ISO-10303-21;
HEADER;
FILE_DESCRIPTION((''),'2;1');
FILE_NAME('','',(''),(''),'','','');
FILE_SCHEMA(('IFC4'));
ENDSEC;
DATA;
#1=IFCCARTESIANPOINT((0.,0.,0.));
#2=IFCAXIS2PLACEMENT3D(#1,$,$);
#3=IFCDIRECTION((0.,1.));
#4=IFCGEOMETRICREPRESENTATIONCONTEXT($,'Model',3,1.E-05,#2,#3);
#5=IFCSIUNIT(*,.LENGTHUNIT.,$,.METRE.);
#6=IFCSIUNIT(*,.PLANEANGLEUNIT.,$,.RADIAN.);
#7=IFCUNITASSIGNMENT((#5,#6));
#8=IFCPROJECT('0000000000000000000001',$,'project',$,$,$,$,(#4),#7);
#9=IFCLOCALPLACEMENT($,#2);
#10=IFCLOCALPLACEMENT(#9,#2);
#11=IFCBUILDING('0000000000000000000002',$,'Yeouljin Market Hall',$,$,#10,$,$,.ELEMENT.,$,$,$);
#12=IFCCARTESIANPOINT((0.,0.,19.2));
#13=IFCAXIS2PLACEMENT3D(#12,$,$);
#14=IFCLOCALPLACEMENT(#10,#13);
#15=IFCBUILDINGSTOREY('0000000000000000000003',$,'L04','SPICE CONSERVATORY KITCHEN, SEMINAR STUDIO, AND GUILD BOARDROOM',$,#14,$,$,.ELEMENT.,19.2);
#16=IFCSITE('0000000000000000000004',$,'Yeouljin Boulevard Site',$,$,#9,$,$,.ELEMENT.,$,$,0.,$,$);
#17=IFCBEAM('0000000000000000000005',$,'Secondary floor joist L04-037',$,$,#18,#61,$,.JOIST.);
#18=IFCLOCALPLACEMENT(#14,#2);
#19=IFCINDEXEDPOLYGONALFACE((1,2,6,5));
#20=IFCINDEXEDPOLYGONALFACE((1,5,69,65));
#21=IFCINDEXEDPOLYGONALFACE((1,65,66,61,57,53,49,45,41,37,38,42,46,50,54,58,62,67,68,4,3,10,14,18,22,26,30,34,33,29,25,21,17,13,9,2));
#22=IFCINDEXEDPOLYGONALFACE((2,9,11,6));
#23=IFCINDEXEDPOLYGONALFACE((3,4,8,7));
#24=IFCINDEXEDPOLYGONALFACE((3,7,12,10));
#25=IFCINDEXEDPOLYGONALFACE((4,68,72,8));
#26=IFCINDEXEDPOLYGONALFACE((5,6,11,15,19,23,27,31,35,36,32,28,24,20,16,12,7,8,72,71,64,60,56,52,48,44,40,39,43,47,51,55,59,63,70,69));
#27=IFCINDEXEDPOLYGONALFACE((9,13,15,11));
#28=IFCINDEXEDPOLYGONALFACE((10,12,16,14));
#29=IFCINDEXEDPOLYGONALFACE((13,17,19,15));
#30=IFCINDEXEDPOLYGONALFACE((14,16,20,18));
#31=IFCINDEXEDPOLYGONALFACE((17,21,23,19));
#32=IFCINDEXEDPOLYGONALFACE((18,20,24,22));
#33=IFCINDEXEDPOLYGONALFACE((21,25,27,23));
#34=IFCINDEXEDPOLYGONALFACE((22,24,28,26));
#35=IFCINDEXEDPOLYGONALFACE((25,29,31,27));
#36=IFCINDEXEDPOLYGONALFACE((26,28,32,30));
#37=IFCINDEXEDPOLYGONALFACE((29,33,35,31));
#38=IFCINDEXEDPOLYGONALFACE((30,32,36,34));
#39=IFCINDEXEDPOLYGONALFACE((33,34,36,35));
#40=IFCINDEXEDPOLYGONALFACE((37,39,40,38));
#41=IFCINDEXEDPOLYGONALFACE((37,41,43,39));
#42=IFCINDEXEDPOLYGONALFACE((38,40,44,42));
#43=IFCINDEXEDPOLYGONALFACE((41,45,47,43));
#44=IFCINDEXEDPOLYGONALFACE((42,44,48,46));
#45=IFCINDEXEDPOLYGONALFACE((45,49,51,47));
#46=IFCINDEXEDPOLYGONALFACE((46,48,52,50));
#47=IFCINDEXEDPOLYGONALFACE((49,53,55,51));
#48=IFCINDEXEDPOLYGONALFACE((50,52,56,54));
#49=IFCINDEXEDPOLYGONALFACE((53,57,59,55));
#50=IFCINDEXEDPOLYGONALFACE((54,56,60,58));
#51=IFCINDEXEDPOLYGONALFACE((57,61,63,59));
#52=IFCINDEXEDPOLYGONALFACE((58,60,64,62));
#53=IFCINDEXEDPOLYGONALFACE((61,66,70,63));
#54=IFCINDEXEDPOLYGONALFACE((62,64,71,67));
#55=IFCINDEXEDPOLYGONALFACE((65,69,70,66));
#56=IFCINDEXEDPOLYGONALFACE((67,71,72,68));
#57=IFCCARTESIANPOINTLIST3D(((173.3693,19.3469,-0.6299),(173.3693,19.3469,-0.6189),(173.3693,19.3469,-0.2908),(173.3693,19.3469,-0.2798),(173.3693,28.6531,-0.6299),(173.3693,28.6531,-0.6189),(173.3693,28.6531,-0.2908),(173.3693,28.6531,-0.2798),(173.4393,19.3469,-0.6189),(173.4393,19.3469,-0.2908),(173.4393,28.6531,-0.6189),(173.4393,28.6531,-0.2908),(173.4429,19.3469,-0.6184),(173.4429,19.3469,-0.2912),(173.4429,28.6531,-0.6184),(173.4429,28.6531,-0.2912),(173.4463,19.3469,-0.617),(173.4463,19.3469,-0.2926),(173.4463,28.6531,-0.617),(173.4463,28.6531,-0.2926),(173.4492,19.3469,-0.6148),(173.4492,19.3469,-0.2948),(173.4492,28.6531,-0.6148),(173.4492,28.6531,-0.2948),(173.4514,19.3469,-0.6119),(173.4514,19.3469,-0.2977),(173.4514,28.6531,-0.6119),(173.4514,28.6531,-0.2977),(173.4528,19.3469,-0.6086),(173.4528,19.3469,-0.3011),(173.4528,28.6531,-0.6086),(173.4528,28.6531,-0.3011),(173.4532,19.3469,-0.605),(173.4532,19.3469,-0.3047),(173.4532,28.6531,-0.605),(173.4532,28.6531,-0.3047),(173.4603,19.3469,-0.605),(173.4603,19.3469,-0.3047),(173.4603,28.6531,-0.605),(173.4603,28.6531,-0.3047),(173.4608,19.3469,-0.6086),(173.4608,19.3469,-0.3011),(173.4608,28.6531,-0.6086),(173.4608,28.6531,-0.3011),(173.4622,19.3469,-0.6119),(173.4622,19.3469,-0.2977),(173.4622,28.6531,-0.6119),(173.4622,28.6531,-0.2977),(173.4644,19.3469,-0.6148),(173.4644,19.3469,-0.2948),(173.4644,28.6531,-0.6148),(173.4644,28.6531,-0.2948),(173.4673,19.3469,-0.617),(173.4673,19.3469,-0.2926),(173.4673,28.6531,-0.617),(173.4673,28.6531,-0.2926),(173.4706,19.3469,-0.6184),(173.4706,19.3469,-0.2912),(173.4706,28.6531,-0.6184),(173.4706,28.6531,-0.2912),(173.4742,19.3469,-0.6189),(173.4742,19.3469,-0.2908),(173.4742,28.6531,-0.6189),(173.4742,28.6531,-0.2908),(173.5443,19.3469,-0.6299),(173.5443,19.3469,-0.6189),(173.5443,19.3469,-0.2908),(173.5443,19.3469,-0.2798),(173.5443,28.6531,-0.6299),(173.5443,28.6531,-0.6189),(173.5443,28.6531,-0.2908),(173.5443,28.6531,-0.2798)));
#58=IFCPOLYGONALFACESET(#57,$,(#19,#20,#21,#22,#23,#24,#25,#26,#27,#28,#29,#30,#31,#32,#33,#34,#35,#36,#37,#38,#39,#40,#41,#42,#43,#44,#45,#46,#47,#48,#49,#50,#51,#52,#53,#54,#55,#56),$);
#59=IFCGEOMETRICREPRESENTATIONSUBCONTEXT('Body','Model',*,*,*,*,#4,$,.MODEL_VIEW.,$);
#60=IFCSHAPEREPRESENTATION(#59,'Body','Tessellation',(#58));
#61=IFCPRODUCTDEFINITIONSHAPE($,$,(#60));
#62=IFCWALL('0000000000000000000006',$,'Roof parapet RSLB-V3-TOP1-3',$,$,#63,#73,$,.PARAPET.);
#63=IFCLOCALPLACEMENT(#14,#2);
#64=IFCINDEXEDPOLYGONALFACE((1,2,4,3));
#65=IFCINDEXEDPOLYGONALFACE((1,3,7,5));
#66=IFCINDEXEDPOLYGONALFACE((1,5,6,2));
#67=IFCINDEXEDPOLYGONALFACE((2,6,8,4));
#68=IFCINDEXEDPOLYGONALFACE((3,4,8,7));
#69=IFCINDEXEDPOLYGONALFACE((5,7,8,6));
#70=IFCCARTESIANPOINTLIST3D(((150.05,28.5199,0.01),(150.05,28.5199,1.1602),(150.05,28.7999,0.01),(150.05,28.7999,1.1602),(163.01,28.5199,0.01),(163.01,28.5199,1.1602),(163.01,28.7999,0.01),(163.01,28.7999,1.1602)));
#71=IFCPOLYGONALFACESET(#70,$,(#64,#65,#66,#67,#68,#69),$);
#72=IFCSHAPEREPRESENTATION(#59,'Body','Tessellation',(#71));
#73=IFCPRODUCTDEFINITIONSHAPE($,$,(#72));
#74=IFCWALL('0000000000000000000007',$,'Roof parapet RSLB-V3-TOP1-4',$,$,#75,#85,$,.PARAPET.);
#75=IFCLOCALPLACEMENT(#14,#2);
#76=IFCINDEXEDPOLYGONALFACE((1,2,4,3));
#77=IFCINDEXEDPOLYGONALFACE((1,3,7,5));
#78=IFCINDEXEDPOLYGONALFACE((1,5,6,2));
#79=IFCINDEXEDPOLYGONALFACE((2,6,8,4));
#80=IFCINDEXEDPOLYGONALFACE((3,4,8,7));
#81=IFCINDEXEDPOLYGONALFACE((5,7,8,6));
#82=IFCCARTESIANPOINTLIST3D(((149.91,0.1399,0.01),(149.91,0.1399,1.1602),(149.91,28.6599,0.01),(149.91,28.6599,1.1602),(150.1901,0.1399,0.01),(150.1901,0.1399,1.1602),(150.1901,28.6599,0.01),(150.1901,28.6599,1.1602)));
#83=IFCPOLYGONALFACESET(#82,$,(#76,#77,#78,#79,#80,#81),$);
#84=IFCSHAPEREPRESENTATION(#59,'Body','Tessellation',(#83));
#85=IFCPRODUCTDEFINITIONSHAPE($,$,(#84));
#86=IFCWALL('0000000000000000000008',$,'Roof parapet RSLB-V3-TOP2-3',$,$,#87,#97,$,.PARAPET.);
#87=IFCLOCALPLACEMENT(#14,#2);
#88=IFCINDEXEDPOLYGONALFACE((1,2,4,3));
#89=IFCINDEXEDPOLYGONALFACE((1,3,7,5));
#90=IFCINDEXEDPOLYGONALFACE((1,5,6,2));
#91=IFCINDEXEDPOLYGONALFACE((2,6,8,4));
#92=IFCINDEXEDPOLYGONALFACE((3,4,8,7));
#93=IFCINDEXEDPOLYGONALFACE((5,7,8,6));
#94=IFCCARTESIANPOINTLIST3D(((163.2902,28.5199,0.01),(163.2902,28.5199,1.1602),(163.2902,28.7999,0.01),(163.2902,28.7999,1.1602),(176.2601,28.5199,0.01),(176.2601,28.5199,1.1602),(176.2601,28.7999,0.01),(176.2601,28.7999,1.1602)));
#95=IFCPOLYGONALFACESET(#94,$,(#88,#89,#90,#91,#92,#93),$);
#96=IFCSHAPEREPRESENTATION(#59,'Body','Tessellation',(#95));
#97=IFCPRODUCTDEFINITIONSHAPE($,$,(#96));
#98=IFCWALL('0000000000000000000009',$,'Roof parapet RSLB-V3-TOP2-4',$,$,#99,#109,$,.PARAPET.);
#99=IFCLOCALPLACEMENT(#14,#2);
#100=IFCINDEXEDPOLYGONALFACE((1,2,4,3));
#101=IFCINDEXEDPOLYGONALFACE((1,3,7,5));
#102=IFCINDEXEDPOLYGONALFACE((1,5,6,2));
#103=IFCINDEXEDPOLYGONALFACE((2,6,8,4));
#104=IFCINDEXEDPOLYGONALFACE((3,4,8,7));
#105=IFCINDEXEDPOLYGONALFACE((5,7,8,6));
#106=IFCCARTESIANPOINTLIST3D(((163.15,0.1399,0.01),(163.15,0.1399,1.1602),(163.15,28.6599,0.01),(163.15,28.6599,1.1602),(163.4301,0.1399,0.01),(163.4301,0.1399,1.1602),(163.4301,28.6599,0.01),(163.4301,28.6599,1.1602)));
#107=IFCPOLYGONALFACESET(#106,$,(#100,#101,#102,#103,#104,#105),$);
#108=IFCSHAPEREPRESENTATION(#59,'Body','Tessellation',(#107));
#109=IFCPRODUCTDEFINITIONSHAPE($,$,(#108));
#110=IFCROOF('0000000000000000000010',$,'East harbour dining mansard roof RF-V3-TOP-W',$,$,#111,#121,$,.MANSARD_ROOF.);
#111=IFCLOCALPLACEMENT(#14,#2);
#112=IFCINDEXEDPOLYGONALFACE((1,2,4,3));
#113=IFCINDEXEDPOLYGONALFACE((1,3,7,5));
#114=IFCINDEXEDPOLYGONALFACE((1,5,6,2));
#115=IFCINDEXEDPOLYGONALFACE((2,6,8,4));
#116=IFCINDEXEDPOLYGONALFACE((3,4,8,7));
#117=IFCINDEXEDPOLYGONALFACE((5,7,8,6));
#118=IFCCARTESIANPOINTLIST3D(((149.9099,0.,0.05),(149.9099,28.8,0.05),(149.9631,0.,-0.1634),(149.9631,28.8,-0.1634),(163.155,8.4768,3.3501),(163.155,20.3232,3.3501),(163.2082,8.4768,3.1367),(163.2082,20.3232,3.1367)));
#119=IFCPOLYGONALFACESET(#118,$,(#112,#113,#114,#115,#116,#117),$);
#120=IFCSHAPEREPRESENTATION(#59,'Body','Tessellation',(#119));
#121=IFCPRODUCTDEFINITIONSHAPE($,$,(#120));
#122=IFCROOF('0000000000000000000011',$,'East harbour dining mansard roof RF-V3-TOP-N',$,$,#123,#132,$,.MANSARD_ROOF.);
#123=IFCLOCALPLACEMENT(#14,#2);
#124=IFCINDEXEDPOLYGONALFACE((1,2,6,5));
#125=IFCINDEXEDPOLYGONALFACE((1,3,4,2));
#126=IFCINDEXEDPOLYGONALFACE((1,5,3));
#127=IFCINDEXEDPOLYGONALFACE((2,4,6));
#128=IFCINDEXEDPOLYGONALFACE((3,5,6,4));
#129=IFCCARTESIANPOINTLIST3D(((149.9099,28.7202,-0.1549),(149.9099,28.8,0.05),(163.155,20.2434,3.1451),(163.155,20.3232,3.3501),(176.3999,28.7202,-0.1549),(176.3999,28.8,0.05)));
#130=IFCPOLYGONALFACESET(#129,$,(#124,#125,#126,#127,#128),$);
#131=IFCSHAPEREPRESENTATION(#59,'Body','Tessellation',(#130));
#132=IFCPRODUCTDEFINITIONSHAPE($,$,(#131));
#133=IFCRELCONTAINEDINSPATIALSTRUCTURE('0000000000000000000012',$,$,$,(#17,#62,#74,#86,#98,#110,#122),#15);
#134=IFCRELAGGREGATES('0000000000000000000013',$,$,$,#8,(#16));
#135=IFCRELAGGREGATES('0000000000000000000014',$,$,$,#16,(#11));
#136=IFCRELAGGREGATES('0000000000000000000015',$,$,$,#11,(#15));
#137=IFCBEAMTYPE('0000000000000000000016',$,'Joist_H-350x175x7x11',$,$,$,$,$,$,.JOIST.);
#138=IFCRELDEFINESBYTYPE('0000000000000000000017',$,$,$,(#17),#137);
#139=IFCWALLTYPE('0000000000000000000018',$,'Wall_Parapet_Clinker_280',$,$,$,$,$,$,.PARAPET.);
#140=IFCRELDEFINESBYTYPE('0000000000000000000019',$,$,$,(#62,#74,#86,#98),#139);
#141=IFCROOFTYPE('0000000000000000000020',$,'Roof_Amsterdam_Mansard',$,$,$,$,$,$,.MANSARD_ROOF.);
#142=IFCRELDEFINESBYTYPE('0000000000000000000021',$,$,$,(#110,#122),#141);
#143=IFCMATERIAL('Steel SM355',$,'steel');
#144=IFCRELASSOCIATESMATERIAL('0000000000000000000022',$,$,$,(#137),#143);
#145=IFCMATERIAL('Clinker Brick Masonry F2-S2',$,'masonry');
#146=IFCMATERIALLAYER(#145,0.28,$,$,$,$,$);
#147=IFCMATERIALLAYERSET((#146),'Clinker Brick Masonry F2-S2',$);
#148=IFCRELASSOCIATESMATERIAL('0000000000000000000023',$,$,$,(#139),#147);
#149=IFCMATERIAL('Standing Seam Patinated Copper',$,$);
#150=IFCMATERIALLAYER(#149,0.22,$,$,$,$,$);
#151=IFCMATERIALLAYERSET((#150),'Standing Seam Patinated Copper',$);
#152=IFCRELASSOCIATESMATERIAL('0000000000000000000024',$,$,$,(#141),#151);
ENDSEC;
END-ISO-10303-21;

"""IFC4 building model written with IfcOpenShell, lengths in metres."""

from ifc_helpers import new_model, si_unit, direction, frame, frame_2d, origin, origin_2d, place, context, subcontext, project, spatial, polyline, rectangle, i_section, outline, extrude, material, layer, layer_set, material_profile, profile_set, type_object, element, save


model = new_model("IFC4")

# Units and contexts
model_context = context("Model", 3, precision=1e-05, world=origin(), true_north=direction((0.0, 1.0)))
body_context = subcontext(model_context, "Body", "Model", "MODEL_VIEW")
ifc_project = project(units=[si_unit("LENGTHUNIT", "METRE"), si_unit("PLANEANGLEUNIT", "RADIAN")], contexts=[model_context])

# Site, building, storey
site_placement = place(None, origin())
site = spatial("IfcSite", under=ifc_project, at=site_placement, Name="Yeouljin Boulevard Site", CompositionType="ELEMENT", RefElevation=0.0)
building_placement = place(site_placement, origin())
building = spatial("IfcBuilding", under=site, at=building_placement, Name="Yeouljin Market Hall", CompositionType="ELEMENT")
storey_placement = place(building_placement, frame((0.0, 0.0, 19.2)))
storey = spatial("IfcBuildingStorey", under=building, at=storey_placement, Name="L04", Description="SPICE CONSERVATORY KITCHEN, SEMINAR STUDIO, AND GUILD BOARDROOM", CompositionType="ELEMENT", Elevation=19.2)

# Beam
ifc_material_1 = material(Name="Steel SM355", Category="steel")
ifc_material_profile_1 = material_profile(ifc_material_1, i_section(OverallWidth=0.175, OverallDepth=0.3501, WebThickness=0.0071, FlangeThickness=0.011, FilletRadius=0.0139, at=origin_2d()), Name="H-350x175x7x11")
ifc_profile_set_1 = profile_set([ifc_material_profile_1], Name="Steel SM355")
beam_type_1 = type_object("IfcBeamType", Name="Joist_H-350x175x7x11", PredefinedType="JOIST", material=ifc_profile_set_1)
for number, where, z_axis, x_axis, name in (
    (1, (173.4568, 19.3469, -0.4548), (0.0, 1.0, 0.0), (-1.0, 0.0, 0.0), "Secondary floor joist L04-037"),
):
    element("IfcBeam", number, at=place(storey_placement, frame(where, z_axis=z_axis, x_axis=x_axis)), inside=storey, type_object=beam_type_1, Name=name, PredefinedType="JOIST", context=body_context, shape_type="SweptSolid", body=[
        extrude(i_section(OverallWidth=0.175, OverallDepth=0.3501, WebThickness=0.0071, FlangeThickness=0.011, FilletRadius=0.0139, at=origin_2d()), origin(), (0.0, 0.0, 1.0), 9.3062),
    ])

# Walls
ifc_material_2 = material(Name="Clinker Brick Masonry F2-S2", Category="masonry")
ifc_layer_1 = layer(ifc_material_2, 0.28)
ifc_layer_set_1 = layer_set([ifc_layer_1], Name="Clinker Brick Masonry F2-S2")
wall_type = type_object("IfcWallType", Name="Wall_Parapet_Clinker_280", PredefinedType="PARAPET", material=ifc_layer_set_1)
wall_1_placement = place(storey_placement, frame((163.01, 28.6599, 0.01), z_axis=(0.0, 0.0, 1.0), x_axis=(-1.0, 0.0, 0.0)))
element("IfcWall", 2, at=wall_1_placement, inside=storey, type_object=wall_type, Name="Roof parapet RSLB-V3-TOP1-3", PredefinedType="PARAPET", context=body_context, shape_type="SweptSolid", body=[
    extrude(rectangle(XDim=12.96, YDim=0.28, at=frame_2d((6.48, 0.0))), origin(), (0.0, 0.0, 1.0), 1.1501),
])
wall_2_placement = place(storey_placement, frame((150.05, 28.6599, 0.01), z_axis=(0.0, 0.0, 1.0), x_axis=(0.0, -1.0, 0.0)))
element("IfcWall", 3, at=wall_2_placement, inside=storey, type_object=wall_type, Name="Roof parapet RSLB-V3-TOP1-4", PredefinedType="PARAPET", context=body_context, shape_type="SweptSolid", body=[
    extrude(rectangle(XDim=28.52, YDim=0.28, at=frame_2d((14.26, 0.0))), origin(), (0.0, 0.0, 1.0), 1.1501),
])
wall_3_placement = place(storey_placement, frame((176.26, 28.6599, 0.01), z_axis=(0.0, 0.0, 1.0), x_axis=(-1.0, 0.0, 0.0)))
element("IfcWall", 4, at=wall_3_placement, inside=storey, type_object=wall_type, Name="Roof parapet RSLB-V3-TOP2-3", PredefinedType="PARAPET", context=body_context, shape_type="SweptSolid", body=[
    extrude(rectangle(XDim=12.97, YDim=0.28, at=frame_2d((6.4849, 0.0))), origin(), (0.0, 0.0, 1.0), 1.1501),
])
wall_4_placement = place(storey_placement, frame((163.29, 28.6599, 0.01), z_axis=(0.0, 0.0, 1.0), x_axis=(0.0, -1.0, 0.0)))
element("IfcWall", 5, at=wall_4_placement, inside=storey, type_object=wall_type, Name="Roof parapet RSLB-V3-TOP2-4", PredefinedType="PARAPET", context=body_context, shape_type="SweptSolid", body=[
    extrude(rectangle(XDim=28.52, YDim=0.28, at=frame_2d((14.26, 0.0))), origin(), (0.0, 0.0, 1.0), 1.1501),
])

# Roofs
ifc_material_3 = material(Name="Standing Seam Patinated Copper")
ifc_layer_2 = layer(ifc_material_3, 0.22)
ifc_layer_set_2 = layer_set([ifc_layer_2], Name="Standing Seam Patinated Copper")
roof_type = type_object("IfcRoofType", Name="Roof_Amsterdam_Mansard", PredefinedType="MANSARD_ROOF", material=ifc_layer_set_2)
roof_1_placement = place(storey_placement, frame((149.9099, 28.8, 0.05), z_axis=(-0.241761, 0.0, 0.970336), x_axis=(0.0, -1.0, 0.0)))
element("IfcRoof", 6, at=roof_1_placement, inside=storey, type_object=roof_type, Name="East harbour dining mansard roof RF-V3-TOP-W", PredefinedType="MANSARD_ROOF", context=body_context, shape_type="SweptSolid", body=[
    extrude(outline(polyline([(0.0, 0.0), (28.8, 0.0), (20.3232, 13.65), (8.4768, 13.65), (0.0, 0.0)])), origin(), (0.0, 0.0, -1.0), 0.22),
])
roof_2_placement = place(storey_placement, frame((176.3999, 28.8, 0.05), z_axis=(0.0, 0.362782, 0.931874), x_axis=(-1.0, 0.0, 0.0)))
element("IfcRoof", 7, at=roof_2_placement, inside=storey, type_object=roof_type, Name="East harbour dining mansard roof RF-V3-TOP-N", PredefinedType="MANSARD_ROOF", context=body_context, shape_type="SweptSolid", body=[
    extrude(outline(polyline([(0.0, 0.0), (26.49, 0.0), (13.2449, 9.0965), (0.0, 0.0)])), origin(), (0.0, 0.0, -1.0), 0.22),
])

save(model, "model.ifc")
